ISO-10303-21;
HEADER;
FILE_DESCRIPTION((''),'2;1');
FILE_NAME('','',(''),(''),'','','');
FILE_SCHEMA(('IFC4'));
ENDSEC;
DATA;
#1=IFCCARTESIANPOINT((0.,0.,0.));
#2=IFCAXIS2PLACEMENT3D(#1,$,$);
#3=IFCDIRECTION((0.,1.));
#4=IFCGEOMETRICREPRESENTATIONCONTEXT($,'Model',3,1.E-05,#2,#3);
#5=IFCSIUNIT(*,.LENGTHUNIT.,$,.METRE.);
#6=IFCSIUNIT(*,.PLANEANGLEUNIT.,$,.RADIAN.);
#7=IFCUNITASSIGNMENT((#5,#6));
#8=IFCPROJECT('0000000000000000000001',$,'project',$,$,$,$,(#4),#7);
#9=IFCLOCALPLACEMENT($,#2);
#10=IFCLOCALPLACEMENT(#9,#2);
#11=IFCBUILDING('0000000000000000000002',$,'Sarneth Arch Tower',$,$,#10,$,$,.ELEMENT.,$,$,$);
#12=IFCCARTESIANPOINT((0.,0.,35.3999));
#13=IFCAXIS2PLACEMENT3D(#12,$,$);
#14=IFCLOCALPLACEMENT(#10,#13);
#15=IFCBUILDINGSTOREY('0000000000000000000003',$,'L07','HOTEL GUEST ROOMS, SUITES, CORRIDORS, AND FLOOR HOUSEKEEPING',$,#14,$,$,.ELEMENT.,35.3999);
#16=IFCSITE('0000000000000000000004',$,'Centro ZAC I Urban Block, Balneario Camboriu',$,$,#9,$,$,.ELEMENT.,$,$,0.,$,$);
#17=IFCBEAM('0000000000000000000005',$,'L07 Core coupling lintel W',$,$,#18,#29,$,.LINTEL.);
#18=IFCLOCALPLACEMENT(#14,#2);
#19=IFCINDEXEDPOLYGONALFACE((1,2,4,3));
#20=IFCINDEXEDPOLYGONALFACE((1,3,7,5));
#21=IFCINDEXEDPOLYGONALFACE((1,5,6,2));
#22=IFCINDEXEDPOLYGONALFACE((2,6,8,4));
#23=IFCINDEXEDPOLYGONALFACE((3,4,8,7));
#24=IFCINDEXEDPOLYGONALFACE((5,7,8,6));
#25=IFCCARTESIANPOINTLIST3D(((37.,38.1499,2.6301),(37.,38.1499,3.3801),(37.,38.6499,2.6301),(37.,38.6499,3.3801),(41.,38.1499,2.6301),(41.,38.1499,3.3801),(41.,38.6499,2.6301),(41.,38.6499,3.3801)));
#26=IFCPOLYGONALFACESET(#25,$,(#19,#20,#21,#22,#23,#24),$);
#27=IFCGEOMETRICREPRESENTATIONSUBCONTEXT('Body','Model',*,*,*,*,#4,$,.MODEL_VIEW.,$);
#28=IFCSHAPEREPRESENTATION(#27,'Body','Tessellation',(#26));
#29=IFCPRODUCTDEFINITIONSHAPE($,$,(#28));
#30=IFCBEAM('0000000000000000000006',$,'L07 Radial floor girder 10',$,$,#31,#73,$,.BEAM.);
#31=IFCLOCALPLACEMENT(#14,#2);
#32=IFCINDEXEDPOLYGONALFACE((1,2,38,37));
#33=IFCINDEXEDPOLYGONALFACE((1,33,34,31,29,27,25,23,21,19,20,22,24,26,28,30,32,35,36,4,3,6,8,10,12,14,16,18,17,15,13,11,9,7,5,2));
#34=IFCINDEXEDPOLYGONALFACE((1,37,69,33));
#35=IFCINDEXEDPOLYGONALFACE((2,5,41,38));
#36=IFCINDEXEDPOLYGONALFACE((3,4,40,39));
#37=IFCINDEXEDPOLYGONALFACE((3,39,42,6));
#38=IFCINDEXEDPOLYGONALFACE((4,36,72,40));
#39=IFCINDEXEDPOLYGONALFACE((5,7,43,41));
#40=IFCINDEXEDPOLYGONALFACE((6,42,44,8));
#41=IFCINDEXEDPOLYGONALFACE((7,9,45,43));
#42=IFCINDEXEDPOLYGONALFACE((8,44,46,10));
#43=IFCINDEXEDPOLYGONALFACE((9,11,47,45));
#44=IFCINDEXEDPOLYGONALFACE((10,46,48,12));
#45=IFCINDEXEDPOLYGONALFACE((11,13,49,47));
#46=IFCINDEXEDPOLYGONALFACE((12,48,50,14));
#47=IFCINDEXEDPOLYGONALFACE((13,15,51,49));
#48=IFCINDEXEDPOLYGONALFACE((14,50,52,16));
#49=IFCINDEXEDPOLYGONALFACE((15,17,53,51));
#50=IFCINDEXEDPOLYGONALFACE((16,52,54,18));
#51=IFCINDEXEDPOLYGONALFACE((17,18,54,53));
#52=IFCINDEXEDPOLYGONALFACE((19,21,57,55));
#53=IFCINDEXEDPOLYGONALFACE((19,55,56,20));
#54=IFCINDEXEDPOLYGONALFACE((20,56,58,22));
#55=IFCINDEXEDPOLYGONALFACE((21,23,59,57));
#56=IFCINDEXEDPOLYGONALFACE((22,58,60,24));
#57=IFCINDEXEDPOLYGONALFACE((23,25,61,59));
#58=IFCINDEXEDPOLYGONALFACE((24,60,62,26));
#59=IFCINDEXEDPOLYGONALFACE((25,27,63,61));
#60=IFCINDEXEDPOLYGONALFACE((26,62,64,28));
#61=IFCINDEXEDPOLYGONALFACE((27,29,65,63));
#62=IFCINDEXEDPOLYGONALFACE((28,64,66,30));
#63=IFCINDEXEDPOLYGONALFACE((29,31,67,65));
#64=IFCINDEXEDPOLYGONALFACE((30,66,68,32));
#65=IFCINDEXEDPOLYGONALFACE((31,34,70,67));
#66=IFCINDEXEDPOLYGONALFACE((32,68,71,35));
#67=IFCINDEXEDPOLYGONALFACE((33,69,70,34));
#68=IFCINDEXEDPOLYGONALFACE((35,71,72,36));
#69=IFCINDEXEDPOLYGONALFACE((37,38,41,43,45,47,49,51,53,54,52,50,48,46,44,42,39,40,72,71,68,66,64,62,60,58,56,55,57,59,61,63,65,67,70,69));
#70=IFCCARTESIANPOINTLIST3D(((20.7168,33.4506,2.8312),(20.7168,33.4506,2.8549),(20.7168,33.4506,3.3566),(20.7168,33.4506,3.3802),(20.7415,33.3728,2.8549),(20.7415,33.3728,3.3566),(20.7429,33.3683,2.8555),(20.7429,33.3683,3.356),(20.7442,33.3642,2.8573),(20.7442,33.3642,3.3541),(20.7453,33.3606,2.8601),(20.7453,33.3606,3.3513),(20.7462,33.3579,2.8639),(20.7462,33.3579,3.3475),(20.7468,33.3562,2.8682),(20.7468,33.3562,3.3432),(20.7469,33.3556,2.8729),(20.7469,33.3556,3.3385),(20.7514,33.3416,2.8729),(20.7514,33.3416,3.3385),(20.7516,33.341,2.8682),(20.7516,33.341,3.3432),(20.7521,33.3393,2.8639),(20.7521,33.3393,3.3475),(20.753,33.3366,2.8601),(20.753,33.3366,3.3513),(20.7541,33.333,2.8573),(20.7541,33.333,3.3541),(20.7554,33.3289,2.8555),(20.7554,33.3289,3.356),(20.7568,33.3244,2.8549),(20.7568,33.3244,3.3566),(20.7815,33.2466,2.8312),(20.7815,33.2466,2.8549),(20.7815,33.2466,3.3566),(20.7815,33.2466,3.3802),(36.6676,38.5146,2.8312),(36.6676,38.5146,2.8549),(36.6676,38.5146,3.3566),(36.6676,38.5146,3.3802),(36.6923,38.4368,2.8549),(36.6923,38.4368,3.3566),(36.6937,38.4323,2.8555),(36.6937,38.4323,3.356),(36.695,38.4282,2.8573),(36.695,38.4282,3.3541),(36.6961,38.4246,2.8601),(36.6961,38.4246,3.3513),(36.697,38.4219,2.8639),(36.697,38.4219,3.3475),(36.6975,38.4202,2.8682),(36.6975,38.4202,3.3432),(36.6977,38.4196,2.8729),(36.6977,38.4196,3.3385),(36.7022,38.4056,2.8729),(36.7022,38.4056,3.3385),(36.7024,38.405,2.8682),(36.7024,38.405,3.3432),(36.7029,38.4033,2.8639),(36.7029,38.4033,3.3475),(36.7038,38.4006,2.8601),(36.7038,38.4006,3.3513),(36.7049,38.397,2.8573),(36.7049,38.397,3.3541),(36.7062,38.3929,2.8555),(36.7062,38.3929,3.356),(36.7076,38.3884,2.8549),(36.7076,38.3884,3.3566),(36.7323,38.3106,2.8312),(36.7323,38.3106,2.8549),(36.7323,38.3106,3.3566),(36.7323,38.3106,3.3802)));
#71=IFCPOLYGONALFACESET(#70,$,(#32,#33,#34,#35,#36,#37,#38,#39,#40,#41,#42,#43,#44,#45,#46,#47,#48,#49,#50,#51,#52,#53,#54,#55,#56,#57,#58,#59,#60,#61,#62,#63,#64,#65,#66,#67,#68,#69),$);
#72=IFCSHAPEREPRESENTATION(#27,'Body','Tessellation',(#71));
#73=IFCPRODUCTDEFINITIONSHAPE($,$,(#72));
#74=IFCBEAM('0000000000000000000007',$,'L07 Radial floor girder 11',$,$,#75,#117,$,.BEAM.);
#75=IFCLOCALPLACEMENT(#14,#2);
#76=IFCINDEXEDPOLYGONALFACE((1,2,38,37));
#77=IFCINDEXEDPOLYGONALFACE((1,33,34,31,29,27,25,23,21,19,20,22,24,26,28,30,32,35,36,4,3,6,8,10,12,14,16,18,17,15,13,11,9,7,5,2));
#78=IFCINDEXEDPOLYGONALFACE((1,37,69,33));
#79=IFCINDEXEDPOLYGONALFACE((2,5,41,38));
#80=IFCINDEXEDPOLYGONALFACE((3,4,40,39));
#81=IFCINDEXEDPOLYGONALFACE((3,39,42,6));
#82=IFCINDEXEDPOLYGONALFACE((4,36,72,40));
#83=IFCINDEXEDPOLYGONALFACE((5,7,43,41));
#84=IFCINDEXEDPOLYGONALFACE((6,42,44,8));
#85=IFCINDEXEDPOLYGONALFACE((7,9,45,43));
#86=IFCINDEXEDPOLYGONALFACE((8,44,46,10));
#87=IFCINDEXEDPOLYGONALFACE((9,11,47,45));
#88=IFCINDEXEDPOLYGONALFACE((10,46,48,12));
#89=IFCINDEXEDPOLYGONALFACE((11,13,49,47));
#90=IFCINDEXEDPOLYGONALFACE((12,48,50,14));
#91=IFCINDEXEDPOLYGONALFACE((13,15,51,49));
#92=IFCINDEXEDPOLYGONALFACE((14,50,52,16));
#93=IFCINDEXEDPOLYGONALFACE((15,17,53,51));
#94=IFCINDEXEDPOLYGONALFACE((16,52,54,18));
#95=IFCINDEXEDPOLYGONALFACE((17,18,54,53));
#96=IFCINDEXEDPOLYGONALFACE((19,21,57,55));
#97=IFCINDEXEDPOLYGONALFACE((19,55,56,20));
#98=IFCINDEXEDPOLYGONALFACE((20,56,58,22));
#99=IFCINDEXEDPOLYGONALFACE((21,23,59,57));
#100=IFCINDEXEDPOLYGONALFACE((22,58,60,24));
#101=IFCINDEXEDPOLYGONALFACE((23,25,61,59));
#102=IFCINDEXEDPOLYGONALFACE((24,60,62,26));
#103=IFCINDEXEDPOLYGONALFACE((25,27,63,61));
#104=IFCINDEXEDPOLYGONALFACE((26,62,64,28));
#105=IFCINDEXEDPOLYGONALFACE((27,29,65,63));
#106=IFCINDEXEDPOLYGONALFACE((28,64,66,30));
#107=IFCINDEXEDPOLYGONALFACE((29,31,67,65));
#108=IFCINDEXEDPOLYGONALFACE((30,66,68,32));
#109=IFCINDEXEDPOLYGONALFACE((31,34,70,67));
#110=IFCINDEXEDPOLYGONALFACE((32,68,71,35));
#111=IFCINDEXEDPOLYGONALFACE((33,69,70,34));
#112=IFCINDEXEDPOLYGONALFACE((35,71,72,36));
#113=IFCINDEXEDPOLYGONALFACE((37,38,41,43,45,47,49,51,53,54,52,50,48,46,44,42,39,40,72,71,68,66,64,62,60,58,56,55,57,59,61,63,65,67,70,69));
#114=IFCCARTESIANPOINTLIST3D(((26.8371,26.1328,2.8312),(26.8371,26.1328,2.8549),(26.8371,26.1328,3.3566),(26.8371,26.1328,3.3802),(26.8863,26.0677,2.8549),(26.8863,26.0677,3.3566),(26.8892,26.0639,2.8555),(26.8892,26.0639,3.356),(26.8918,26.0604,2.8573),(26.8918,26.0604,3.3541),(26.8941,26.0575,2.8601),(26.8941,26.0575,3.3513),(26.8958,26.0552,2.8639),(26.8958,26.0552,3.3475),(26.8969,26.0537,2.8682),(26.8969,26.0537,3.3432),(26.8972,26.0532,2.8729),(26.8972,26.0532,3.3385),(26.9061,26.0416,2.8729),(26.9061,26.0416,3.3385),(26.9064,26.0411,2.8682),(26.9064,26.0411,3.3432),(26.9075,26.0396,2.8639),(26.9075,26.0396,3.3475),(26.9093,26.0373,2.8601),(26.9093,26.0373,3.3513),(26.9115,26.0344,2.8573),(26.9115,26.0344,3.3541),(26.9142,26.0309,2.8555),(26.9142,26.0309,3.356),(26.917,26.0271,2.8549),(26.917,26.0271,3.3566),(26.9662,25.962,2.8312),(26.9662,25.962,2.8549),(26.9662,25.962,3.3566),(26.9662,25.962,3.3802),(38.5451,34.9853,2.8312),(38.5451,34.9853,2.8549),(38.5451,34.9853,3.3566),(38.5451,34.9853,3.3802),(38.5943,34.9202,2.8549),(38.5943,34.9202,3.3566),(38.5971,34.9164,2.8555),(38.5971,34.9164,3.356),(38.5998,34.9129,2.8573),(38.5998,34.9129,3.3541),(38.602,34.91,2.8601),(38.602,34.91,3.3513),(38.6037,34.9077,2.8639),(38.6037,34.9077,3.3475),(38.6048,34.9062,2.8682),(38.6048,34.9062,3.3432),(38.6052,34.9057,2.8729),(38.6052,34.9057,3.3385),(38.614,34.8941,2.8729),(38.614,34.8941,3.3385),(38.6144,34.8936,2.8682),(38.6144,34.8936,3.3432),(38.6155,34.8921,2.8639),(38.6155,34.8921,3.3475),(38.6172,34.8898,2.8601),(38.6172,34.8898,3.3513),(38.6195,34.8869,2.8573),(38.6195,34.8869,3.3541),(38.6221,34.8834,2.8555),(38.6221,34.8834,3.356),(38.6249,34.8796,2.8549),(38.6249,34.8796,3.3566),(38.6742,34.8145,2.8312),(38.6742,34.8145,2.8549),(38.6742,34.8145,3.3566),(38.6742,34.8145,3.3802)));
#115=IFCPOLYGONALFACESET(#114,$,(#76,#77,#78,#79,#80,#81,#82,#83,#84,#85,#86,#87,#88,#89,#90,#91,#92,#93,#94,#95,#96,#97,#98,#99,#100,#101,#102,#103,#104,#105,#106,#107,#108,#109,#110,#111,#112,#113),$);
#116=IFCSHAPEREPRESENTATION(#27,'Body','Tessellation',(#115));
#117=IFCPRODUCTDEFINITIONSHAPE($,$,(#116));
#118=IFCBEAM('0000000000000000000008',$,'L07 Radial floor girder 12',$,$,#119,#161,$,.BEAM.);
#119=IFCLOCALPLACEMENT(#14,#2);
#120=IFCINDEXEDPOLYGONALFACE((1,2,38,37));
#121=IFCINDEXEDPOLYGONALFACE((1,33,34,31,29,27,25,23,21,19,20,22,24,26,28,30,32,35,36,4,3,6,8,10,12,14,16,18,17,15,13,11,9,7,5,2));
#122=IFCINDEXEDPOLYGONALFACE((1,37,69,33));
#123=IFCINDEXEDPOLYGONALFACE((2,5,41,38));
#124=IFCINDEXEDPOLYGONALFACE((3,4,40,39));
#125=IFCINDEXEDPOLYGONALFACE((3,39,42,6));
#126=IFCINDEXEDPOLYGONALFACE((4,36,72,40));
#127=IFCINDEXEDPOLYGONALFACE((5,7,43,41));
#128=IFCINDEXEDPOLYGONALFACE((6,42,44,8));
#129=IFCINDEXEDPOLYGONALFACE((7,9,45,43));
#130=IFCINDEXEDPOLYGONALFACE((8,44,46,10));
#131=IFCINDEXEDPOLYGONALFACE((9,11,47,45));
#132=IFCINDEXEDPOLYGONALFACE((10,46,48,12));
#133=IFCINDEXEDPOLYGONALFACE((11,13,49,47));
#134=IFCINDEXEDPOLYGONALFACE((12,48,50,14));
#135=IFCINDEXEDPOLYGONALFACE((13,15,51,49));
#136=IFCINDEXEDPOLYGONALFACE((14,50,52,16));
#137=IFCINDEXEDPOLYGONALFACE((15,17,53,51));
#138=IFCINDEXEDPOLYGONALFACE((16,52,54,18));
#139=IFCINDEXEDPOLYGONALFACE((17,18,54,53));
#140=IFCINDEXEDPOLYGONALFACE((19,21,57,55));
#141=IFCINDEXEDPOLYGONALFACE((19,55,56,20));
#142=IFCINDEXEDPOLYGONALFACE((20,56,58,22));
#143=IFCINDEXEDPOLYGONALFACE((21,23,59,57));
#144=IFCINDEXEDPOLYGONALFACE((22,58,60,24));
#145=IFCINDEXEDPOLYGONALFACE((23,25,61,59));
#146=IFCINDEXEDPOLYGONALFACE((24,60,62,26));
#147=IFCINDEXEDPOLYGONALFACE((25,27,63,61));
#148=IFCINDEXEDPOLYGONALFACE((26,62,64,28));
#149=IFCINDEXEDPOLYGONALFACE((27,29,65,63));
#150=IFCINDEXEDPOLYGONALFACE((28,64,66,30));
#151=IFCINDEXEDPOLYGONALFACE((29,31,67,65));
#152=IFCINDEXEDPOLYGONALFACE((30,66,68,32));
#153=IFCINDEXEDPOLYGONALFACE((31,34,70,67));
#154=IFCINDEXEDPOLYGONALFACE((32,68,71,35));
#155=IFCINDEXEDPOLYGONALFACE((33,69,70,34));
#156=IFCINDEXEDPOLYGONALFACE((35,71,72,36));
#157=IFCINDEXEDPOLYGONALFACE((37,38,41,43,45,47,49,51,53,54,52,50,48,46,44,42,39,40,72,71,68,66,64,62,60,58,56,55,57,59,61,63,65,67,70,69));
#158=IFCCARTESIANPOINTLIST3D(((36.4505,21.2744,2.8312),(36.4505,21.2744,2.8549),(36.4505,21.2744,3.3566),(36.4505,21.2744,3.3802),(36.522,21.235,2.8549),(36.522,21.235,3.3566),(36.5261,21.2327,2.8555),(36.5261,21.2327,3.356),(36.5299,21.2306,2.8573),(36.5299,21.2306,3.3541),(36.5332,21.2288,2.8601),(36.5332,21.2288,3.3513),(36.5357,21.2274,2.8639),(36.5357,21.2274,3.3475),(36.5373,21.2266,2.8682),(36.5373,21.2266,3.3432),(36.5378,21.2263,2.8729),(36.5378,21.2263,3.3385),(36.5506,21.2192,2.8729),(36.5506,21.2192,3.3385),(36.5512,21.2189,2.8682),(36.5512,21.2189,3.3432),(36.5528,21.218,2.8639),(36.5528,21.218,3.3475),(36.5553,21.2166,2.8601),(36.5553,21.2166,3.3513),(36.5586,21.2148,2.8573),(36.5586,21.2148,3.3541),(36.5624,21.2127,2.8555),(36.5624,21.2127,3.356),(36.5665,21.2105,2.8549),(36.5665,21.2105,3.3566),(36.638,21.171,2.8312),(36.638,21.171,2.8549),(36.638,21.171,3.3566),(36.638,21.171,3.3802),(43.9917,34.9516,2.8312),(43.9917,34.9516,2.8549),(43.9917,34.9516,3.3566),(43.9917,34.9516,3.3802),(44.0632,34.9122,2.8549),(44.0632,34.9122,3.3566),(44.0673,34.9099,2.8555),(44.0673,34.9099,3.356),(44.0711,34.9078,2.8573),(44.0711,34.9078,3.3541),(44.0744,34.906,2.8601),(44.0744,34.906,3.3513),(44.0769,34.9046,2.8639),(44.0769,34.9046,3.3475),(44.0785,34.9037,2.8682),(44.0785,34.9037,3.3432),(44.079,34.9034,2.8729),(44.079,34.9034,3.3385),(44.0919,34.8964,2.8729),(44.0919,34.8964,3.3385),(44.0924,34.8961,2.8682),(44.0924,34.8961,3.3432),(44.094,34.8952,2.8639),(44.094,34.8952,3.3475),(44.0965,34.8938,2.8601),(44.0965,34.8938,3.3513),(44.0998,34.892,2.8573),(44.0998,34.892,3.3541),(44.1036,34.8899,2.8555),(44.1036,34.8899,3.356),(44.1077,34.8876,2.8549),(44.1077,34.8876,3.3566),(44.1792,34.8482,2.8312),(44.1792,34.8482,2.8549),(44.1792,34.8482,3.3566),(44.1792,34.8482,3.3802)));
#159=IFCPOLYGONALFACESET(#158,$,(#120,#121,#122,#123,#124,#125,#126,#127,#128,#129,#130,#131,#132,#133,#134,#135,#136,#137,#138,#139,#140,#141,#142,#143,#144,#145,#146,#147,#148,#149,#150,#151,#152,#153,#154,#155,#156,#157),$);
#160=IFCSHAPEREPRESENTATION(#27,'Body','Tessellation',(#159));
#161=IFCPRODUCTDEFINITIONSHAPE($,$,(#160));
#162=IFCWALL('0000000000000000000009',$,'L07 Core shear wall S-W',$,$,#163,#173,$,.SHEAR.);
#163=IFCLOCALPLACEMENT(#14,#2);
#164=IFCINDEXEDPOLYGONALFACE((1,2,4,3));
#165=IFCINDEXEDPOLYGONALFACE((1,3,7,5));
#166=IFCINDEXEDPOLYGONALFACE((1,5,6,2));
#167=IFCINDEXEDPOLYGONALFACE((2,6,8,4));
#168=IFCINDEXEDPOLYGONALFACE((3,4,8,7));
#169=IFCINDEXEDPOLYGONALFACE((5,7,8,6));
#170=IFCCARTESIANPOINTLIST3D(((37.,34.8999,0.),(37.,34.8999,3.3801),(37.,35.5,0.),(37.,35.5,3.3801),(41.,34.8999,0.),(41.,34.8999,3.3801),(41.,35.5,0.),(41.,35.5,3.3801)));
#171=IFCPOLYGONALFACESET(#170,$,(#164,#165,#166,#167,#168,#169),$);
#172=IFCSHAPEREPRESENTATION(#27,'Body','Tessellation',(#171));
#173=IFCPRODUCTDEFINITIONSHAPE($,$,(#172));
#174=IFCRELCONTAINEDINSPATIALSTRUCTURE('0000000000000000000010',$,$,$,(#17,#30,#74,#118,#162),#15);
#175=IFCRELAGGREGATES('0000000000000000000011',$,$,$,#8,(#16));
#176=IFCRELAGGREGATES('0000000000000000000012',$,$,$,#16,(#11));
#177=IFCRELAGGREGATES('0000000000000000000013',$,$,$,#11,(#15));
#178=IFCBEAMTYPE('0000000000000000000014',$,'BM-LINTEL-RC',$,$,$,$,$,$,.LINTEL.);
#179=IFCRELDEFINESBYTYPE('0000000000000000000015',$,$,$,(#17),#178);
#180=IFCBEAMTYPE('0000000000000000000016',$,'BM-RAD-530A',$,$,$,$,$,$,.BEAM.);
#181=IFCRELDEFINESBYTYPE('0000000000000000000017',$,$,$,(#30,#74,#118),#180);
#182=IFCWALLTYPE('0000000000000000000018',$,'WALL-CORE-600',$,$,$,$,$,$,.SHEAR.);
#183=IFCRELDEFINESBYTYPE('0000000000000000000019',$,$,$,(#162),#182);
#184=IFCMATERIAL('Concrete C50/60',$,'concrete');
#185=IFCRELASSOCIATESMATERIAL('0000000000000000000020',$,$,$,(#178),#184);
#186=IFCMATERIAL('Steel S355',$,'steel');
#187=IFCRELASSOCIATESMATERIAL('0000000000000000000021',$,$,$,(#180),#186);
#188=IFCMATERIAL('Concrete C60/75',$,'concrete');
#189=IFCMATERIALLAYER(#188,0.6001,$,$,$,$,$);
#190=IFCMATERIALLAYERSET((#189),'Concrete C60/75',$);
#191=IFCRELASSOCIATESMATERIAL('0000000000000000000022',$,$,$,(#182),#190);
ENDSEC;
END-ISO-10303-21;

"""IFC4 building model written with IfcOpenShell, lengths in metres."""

from ifc_helpers import new_model, si_unit, direction, frame, frame_2d, origin, origin_2d, place, context, subcontext, project, spatial, rectangle, i_section, extrude, material, layer, layer_set, material_profile, profile_set, type_object, element, save


model = new_model("IFC4")

# Units and contexts
model_context = context("Model", 3, precision=1e-05, world=origin(), true_north=direction((0.0, 1.0)))
body_context = subcontext(model_context, "Body", "Model", "MODEL_VIEW")
ifc_project = project(units=[si_unit("LENGTHUNIT", "METRE"), si_unit("PLANEANGLEUNIT", "RADIAN")], contexts=[model_context])

# Site, building, storey
site_placement = place(None, origin())
site = spatial("IfcSite", under=ifc_project, at=site_placement, Name="Centro ZAC I Urban Block, Balneario Camboriu", CompositionType="ELEMENT", RefElevation=0.0)
building_placement = place(site_placement, origin())
building = spatial("IfcBuilding", under=site, at=building_placement, Name="Sarneth Arch Tower", CompositionType="ELEMENT")
storey_placement = place(building_placement, frame((0.0, 0.0, 35.3999)))
storey = spatial("IfcBuildingStorey", under=building, at=storey_placement, Name="L07", Description="HOTEL GUEST ROOMS, SUITES, CORRIDORS, AND FLOOR HOUSEKEEPING", CompositionType="ELEMENT", Elevation=35.3999)

# Beams
ifc_material_1 = material(Name="Concrete C50/60", Category="concrete")
ifc_material_profile_1 = material_profile(ifc_material_1, rectangle(XDim=0.5, YDim=0.75, at=origin_2d()), Name="RC-500x750")
ifc_profile_set_1 = profile_set([ifc_material_profile_1], Name="Concrete C50/60")
beam_type_1 = type_object("IfcBeamType", Name="BM-LINTEL-RC", PredefinedType="LINTEL", material=ifc_profile_set_1)
beam_1_placement = place(storey_placement, frame((37.0, 38.3999, 3.0051), z_axis=(1.0, 0.0, 0.0), x_axis=(0.0, 1.0, 0.0)))
element("IfcBeam", 1, at=beam_1_placement, inside=storey, type_object=beam_type_1, Name="L07 Core coupling lintel W", PredefinedType="LINTEL", context=body_context, shape_type="SweptSolid", body=[
    extrude(rectangle(XDim=0.5, YDim=0.75, at=origin_2d()), origin(), (0.0, 0.0, 1.0), 4.0),
])
ifc_material_2 = material(Name="Steel S355", Category="steel")
ifc_material_profile_2 = material_profile(ifc_material_2, i_section(OverallWidth=0.2141, OverallDepth=0.5491, WebThickness=0.0146, FlangeThickness=0.0237, FilletRadius=0.0181, at=origin_2d()), Name="W530x138")
ifc_profile_set_2 = profile_set([ifc_material_profile_2], Name="Steel S355")
beam_type_2 = type_object("IfcBeamType", Name="BM-RAD-530A", PredefinedType="BEAM", material=ifc_profile_set_2)
beam_2_placement = place(storey_placement, frame((36.7, 38.4126, 3.1057), z_axis=(-0.95312, -0.302593, 0.0), x_axis=(0.302593, -0.95312, 0.0)))
element("IfcBeam", 2, at=beam_2_placement, inside=storey, type_object=beam_type_2, Name="L07 Radial floor girder 10", PredefinedType="BEAM", context=body_context, shape_type="SweptSolid", body=[
    extrude(i_section(OverallWidth=0.2141, OverallDepth=0.5491, WebThickness=0.0146, FlangeThickness=0.0237, FilletRadius=0.0181, at=origin_2d()), origin(), (0.0, 0.0, 1.0), 16.7354),
])
beam_3_placement = place(storey_placement, frame((38.6096, 34.8999, 3.1057), z_axis=(-0.797655, -0.603114, 0.0), x_axis=(0.603114, -0.797655, 0.0)))
element("IfcBeam", 3, at=beam_3_placement, inside=storey, type_object=beam_type_2, Name="L07 Radial floor girder 11", PredefinedType="BEAM", context=body_context, shape_type="SweptSolid", body=[
    extrude(i_section(OverallWidth=0.2141, OverallDepth=0.5491, WebThickness=0.0146, FlangeThickness=0.0237, FilletRadius=0.0181, at=origin_2d()), origin(), (0.0, 0.0, 1.0), 14.678),
])
beam_4_placement = place(storey_placement, frame((44.0854, 34.8999, 3.1057), z_axis=(-0.482841, -0.875708, 0.0), x_axis=(0.875708, -0.482841, 0.0)))
element("IfcBeam", 4, at=beam_4_placement, inside=storey, type_object=beam_type_2, Name="L07 Radial floor girder 12", PredefinedType="BEAM", context=body_context, shape_type="SweptSolid", body=[
    extrude(i_section(OverallWidth=0.2141, OverallDepth=0.5491, WebThickness=0.0146, FlangeThickness=0.0237, FilletRadius=0.0181, at=origin_2d()), origin(), (0.0, 0.0, 1.0), 15.6184),
])

# Wall
ifc_material_3 = material(Name="Concrete C60/75", Category="concrete")
ifc_layer_1 = layer(ifc_material_3, 0.6001)
ifc_layer_set_1 = layer_set([ifc_layer_1], Name="Concrete C60/75")
wall_type_1 = type_object("IfcWallType", Name="WALL-CORE-600", PredefinedType="SHEAR", material=ifc_layer_set_1)
wall_1_placement = place(storey_placement, frame((37.0, 35.2, 0.0), z_axis=(0.0, 0.0, 1.0), x_axis=(1.0, 0.0, 0.0)))
element("IfcWall", 5, at=wall_1_placement, inside=storey, type_object=wall_type_1, Name="L07 Core shear wall S-W", PredefinedType="SHEAR", context=body_context, shape_type="SweptSolid", body=[
    extrude(rectangle(XDim=4.0, YDim=0.6001, at=frame_2d((2.0, 0.0))), origin(), (0.0, 0.0, 1.0), 3.3801),
])

save(model, "model.ifc")
